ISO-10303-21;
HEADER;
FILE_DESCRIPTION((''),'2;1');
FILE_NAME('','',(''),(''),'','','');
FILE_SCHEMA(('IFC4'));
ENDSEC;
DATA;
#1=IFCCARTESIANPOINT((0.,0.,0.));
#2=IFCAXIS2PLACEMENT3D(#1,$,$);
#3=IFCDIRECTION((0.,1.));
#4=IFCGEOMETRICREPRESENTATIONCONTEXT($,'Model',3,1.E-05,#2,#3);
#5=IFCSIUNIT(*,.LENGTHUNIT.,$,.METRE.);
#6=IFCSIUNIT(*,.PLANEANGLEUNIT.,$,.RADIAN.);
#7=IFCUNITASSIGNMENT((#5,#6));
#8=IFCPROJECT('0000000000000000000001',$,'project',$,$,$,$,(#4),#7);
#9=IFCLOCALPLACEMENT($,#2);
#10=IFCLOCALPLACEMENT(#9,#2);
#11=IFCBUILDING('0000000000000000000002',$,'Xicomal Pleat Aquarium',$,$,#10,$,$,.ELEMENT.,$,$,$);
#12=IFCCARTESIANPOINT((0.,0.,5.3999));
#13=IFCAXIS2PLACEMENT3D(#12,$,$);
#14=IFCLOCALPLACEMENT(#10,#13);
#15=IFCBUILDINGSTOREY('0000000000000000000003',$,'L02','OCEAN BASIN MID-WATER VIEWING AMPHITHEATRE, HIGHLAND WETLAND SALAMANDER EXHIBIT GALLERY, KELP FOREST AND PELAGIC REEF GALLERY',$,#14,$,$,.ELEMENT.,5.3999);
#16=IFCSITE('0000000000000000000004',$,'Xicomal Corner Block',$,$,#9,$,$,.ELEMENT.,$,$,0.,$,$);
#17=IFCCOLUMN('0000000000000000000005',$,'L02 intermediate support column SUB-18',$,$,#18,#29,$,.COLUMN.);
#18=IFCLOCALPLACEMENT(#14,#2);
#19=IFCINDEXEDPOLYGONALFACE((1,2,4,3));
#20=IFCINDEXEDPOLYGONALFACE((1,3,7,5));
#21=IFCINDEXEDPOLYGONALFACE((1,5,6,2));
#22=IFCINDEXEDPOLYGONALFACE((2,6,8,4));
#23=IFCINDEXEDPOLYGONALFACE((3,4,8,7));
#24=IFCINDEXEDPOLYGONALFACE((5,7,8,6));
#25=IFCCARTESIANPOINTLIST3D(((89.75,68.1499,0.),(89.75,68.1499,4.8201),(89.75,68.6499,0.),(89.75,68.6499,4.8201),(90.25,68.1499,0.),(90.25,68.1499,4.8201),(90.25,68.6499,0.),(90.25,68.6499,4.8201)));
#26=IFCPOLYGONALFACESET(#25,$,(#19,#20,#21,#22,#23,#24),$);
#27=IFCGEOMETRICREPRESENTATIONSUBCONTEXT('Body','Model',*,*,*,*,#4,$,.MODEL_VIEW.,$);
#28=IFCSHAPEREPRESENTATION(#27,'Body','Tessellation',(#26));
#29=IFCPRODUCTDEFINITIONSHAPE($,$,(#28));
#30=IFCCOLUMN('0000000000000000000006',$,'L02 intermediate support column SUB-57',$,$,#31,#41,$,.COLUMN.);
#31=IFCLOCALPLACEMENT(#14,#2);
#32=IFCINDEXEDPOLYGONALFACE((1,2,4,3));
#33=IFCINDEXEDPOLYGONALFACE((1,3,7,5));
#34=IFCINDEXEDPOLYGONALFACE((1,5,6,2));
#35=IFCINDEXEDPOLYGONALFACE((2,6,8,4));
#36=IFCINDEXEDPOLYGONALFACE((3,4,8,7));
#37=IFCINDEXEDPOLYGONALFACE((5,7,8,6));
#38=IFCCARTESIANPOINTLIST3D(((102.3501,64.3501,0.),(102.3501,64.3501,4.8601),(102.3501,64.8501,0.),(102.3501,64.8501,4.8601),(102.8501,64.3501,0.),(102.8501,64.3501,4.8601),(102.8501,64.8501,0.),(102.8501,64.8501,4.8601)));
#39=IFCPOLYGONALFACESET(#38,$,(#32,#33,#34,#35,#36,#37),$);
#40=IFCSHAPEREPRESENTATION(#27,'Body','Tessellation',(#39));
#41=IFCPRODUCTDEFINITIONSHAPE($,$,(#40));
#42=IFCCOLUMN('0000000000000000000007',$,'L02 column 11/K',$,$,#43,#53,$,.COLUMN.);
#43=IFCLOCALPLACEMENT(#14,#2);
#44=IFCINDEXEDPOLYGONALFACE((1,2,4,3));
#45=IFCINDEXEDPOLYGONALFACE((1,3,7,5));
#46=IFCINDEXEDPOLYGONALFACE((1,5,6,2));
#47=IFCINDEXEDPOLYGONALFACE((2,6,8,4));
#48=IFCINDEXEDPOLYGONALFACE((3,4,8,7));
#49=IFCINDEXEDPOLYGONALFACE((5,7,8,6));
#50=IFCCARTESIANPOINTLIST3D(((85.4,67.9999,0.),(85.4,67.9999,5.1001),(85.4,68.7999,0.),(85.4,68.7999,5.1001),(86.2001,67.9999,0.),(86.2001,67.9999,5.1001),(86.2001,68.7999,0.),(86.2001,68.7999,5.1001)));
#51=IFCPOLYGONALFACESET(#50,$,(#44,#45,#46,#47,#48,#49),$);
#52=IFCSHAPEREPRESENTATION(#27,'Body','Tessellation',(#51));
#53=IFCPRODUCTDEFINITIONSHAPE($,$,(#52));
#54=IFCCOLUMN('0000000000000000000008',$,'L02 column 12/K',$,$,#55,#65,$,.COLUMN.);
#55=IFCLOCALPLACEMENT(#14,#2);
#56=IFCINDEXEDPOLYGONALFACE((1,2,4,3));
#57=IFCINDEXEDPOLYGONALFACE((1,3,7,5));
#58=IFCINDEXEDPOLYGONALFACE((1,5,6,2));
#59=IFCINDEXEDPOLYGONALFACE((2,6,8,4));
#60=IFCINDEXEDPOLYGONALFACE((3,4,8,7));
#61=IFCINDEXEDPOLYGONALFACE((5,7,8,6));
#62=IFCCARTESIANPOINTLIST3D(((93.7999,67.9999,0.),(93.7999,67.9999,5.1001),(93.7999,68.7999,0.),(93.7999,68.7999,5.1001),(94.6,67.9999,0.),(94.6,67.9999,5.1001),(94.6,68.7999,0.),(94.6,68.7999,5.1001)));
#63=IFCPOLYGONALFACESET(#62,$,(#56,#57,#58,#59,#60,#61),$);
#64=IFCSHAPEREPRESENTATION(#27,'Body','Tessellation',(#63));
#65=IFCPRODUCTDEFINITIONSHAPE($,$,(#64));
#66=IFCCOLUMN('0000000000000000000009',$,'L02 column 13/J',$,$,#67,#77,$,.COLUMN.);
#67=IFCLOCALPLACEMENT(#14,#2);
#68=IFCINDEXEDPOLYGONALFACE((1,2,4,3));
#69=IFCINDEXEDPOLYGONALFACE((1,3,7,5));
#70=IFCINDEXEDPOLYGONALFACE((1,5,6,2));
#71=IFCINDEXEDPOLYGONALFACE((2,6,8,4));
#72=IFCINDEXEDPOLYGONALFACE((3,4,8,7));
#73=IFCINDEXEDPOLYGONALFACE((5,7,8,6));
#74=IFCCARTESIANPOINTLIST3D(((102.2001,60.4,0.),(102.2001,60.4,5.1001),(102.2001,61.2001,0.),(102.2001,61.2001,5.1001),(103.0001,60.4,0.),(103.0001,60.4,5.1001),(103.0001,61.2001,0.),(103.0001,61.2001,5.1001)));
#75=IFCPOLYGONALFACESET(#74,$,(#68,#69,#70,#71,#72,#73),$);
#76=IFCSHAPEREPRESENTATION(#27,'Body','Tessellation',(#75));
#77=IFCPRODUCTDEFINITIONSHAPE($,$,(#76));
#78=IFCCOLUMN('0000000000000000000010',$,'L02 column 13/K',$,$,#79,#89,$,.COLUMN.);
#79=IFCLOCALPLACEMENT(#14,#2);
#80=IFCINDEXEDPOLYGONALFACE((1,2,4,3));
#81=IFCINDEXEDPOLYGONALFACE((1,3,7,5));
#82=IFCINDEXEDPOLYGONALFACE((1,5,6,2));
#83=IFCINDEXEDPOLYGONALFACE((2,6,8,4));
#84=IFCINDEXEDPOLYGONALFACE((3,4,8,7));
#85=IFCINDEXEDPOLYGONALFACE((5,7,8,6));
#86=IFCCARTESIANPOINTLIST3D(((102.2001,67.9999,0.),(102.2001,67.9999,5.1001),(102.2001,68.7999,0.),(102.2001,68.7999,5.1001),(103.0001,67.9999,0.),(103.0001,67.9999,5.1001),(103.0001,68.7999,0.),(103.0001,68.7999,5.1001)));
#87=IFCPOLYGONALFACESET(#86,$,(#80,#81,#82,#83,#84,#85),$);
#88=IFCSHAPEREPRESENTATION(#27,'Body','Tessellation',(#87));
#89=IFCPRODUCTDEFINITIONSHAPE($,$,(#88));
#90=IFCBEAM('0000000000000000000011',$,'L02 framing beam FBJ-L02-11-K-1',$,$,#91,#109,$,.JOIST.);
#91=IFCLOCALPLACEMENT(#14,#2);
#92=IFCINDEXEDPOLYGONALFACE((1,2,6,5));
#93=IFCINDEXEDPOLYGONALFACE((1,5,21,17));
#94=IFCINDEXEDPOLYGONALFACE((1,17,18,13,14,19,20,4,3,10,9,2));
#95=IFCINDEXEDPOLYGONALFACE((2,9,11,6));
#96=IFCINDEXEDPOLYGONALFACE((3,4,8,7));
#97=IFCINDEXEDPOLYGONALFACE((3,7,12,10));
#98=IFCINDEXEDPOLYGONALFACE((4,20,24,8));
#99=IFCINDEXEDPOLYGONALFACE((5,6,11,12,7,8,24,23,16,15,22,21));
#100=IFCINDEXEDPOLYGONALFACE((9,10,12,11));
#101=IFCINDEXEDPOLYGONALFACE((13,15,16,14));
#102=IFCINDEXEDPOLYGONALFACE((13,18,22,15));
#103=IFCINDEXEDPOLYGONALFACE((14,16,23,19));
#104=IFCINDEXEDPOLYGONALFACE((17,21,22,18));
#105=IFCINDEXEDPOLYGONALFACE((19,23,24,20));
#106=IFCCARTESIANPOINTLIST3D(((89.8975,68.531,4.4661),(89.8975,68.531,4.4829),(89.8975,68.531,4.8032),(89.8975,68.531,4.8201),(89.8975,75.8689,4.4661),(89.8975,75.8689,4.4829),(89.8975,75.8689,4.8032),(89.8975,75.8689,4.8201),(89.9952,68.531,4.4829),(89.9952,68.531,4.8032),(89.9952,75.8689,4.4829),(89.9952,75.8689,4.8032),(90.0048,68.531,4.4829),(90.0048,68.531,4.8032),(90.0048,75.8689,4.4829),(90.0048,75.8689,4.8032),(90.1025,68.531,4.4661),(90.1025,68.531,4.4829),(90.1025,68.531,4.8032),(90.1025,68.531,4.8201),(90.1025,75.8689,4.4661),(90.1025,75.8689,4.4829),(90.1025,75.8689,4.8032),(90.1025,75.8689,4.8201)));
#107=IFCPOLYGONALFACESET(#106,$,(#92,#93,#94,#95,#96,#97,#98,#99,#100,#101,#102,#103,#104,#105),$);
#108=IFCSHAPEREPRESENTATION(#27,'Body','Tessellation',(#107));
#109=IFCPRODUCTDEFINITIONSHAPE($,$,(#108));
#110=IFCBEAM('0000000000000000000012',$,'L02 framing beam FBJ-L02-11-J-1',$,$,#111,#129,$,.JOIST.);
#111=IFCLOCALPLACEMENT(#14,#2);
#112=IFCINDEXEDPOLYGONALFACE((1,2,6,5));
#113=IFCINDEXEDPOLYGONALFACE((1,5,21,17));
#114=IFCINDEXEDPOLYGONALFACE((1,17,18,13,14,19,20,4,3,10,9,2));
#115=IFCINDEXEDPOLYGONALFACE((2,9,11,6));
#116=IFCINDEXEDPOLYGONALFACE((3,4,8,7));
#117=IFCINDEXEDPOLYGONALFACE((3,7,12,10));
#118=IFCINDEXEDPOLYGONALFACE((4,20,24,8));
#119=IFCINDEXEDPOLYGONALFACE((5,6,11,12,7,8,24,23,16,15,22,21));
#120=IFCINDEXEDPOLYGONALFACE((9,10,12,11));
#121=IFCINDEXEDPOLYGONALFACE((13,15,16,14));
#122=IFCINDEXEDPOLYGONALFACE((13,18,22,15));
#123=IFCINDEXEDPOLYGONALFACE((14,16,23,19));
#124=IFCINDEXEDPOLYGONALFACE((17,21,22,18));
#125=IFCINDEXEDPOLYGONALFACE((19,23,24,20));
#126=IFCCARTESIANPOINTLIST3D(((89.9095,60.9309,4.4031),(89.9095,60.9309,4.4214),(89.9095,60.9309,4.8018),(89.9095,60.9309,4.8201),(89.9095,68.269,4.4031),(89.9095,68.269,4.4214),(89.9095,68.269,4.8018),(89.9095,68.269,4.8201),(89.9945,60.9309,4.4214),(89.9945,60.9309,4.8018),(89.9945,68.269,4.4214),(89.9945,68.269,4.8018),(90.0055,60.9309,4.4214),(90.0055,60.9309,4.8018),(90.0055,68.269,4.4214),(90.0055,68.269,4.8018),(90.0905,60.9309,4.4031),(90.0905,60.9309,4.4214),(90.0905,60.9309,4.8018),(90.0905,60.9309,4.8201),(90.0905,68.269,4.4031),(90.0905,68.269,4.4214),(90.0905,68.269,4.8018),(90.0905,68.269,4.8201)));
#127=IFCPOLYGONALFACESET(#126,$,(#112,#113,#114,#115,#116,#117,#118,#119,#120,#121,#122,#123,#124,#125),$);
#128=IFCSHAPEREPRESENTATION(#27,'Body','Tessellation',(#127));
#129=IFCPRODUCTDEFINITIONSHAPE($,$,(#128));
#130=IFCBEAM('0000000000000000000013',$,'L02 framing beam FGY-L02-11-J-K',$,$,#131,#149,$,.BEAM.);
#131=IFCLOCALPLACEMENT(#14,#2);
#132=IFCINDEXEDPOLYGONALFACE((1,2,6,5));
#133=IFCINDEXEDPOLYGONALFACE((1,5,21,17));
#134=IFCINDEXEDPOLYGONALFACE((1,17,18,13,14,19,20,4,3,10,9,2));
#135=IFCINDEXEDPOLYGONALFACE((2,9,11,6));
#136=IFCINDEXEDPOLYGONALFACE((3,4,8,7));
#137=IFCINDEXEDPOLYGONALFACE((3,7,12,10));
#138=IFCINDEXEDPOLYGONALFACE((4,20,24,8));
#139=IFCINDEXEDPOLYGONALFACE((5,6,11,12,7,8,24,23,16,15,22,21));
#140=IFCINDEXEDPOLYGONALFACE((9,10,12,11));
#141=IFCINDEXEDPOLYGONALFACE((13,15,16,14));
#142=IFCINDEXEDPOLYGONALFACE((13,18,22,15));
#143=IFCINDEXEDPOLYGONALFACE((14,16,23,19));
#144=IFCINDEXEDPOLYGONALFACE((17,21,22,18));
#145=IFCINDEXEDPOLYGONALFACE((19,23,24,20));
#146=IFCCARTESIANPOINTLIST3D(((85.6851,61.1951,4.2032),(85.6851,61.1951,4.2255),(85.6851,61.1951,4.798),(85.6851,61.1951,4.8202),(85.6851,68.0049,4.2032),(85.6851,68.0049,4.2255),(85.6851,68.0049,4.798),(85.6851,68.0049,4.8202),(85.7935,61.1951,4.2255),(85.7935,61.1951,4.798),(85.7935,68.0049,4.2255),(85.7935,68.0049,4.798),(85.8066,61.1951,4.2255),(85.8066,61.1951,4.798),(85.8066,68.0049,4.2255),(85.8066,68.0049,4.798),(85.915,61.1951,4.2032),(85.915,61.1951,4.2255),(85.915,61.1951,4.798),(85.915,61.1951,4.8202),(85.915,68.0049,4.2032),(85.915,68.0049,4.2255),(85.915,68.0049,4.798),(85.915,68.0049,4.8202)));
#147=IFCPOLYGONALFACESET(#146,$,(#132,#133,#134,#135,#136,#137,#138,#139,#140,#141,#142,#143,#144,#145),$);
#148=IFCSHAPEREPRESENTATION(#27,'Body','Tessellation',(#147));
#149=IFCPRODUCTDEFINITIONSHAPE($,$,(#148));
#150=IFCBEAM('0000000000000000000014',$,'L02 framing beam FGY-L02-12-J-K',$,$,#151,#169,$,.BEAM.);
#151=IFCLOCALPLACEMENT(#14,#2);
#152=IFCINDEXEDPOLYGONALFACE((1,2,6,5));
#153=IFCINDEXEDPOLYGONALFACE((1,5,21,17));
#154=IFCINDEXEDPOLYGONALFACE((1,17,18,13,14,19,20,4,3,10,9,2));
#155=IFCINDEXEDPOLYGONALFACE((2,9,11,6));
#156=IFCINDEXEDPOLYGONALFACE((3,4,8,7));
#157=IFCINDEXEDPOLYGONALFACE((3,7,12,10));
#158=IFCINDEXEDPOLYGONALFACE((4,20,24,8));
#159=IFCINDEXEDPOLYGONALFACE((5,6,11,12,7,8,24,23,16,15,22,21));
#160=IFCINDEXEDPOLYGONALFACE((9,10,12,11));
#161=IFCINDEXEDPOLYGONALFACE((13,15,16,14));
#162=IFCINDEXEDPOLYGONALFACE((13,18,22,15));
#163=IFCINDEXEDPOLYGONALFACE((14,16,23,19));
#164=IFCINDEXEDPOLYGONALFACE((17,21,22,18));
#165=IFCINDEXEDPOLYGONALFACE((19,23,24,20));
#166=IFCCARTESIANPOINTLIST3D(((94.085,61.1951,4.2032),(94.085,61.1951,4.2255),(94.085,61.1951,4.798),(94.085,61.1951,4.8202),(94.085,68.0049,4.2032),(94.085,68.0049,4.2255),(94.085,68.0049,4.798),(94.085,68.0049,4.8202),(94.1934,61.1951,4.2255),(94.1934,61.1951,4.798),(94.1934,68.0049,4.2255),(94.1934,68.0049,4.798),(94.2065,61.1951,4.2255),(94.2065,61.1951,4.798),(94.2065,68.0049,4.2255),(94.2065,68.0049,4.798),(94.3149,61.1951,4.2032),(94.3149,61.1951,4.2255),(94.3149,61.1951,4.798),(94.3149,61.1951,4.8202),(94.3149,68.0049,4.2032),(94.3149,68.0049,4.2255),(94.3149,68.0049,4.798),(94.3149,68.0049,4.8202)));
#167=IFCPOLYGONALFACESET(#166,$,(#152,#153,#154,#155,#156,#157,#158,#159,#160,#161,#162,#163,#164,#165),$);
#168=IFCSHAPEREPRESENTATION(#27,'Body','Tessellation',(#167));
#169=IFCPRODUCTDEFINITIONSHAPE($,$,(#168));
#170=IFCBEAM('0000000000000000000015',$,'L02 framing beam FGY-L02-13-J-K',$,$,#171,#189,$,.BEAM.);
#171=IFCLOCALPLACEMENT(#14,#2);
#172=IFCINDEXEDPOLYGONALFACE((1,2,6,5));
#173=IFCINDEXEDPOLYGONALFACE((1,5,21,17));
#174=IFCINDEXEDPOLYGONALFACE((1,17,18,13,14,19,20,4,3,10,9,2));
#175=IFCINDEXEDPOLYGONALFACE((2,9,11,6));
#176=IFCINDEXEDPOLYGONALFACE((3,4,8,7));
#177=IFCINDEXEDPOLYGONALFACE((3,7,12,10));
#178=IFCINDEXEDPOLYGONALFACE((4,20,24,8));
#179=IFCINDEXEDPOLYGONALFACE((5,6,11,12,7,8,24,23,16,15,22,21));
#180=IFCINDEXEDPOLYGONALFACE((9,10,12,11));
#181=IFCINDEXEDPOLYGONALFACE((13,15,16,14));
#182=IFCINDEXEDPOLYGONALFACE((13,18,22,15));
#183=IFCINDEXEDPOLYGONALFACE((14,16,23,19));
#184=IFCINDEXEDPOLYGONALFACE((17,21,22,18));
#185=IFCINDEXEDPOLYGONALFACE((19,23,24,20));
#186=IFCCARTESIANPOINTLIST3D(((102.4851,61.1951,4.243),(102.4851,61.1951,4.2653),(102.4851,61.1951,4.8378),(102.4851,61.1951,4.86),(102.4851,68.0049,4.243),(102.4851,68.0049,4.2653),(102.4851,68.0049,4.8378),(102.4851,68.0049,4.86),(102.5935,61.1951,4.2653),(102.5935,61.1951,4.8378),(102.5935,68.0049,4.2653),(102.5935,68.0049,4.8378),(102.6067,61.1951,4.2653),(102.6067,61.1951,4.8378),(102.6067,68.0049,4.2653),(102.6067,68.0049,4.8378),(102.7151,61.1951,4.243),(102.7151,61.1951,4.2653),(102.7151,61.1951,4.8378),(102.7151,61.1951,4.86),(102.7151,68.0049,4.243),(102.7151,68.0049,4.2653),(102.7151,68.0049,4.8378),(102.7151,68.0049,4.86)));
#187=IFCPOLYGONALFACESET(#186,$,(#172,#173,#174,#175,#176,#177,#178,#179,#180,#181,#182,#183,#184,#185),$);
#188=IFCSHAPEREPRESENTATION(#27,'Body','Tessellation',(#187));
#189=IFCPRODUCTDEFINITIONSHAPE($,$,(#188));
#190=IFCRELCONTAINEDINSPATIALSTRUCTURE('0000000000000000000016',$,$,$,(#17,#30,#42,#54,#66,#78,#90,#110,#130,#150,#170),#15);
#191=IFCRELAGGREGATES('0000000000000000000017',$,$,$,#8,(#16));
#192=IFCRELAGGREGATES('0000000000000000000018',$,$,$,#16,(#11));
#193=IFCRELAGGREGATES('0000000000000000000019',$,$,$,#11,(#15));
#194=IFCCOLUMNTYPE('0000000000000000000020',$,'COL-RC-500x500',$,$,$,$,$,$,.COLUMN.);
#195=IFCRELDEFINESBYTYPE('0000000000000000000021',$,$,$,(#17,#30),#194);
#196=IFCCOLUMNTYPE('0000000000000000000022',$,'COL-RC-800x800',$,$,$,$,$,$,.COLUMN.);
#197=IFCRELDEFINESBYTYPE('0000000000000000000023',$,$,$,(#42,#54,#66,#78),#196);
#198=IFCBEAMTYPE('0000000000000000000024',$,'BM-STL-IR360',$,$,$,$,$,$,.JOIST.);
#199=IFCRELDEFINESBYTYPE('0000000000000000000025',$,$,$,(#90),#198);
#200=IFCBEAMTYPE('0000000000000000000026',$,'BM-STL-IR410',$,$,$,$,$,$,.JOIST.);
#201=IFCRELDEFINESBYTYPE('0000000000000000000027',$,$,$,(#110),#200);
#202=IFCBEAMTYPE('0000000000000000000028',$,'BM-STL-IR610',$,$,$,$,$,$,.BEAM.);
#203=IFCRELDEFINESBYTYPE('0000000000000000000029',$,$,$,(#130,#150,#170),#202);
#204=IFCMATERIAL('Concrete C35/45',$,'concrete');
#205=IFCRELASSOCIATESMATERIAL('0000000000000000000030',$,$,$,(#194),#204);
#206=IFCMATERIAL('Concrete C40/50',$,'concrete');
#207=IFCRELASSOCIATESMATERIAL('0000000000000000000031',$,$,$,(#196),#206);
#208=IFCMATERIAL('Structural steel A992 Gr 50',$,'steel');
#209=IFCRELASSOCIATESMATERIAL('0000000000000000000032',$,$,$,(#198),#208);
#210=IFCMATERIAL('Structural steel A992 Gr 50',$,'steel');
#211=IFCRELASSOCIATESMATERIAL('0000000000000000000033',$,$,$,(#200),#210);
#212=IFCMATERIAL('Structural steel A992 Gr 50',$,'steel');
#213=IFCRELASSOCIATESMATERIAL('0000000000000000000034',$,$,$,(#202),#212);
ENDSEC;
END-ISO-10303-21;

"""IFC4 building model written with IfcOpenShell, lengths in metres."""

from ifc_helpers import new_model, si_unit, direction, frame, origin, origin_2d, place, context, subcontext, project, spatial, rectangle, i_section, extrude, material, material_profile, profile_set, type_object, element, save


model = new_model("IFC4")

# Units and contexts
model_context = context("Model", 3, precision=1e-05, world=origin(), true_north=direction((0.0, 1.0)))
body_context = subcontext(model_context, "Body", "Model", "MODEL_VIEW")
ifc_project = project(units=[si_unit("LENGTHUNIT", "METRE"), si_unit("PLANEANGLEUNIT", "RADIAN")], contexts=[model_context])

# Site, building, storey
site_placement = place(None, origin())
site = spatial("IfcSite", under=ifc_project, at=site_placement, Name="Xicomal Corner Block", CompositionType="ELEMENT", RefElevation=0.0)
building_placement = place(site_placement, origin())
building = spatial("IfcBuilding", under=site, at=building_placement, Name="Xicomal Pleat Aquarium", CompositionType="ELEMENT")
storey_placement = place(building_placement, frame((0.0, 0.0, 5.3999)))
storey = spatial("IfcBuildingStorey", under=building, at=storey_placement, Name="L02", Description="OCEAN BASIN MID-WATER VIEWING AMPHITHEATRE, HIGHLAND WETLAND SALAMANDER EXHIBIT GALLERY, KELP FOREST AND PELAGIC REEF GALLERY", CompositionType="ELEMENT", Elevation=5.3999)

# Columns
ifc_material_1 = material(Name="Concrete C35/45", Category="concrete")
ifc_material_profile_1 = material_profile(ifc_material_1, rectangle(XDim=0.5, YDim=0.5, at=origin_2d()), Name="RC 500x500")
ifc_profile_set_1 = profile_set([ifc_material_profile_1], Name="Concrete C35/45")
column_type_1 = type_object("IfcColumnType", Name="COL-RC-500x500", PredefinedType="COLUMN", material=ifc_profile_set_1)
column_1_placement = place(storey_placement, frame((90.0, 68.3999, 0.0), z_axis=(0.0, 0.0, 1.0), x_axis=(1.0, 0.0, 0.0)))
element("IfcColumn", 1, at=column_1_placement, inside=storey, type_object=column_type_1, Name="L02 intermediate support column SUB-18", PredefinedType="COLUMN", context=body_context, shape_type="SweptSolid", body=[
    extrude(rectangle(XDim=0.5, YDim=0.5, at=origin_2d()), origin(), (0.0, 0.0, 1.0), 4.8201),
])
column_2_placement = place(storey_placement, frame((102.6001, 64.6001, 0.0), z_axis=(0.0, 0.0, 1.0), x_axis=(1.0, 0.0, 0.0)))
element("IfcColumn", 2, at=column_2_placement, inside=storey, type_object=column_type_1, Name="L02 intermediate support column SUB-57", PredefinedType="COLUMN", context=body_context, shape_type="SweptSolid", body=[
    extrude(rectangle(XDim=0.5, YDim=0.5, at=origin_2d()), origin(), (0.0, 0.0, 1.0), 4.8601),
])
ifc_material_2 = material(Name="Concrete C40/50", Category="concrete")
ifc_material_profile_2 = material_profile(ifc_material_2, rectangle(XDim=0.8, YDim=0.8, at=origin_2d()), Name="RC 800x800")
ifc_profile_set_2 = profile_set([ifc_material_profile_2], Name="Concrete C40/50")
column_type_2 = type_object("IfcColumnType", Name="COL-RC-800x800", PredefinedType="COLUMN", material=ifc_profile_set_2)
for number, where, z_axis, x_axis, name in (
    (3, (85.8, 68.3999, 0.0), (0.0, 0.0, 1.0), (1.0, 0.0, 0.0), "L02 column 11/K"),
    (4, (94.2, 68.3999, 0.0), (0.0, 0.0, 1.0), (1.0, 0.0, 0.0), "L02 column 12/K"),
    (5, (102.6001, 60.8, 0.0), (0.0, 0.0, 1.0), (1.0, 0.0, 0.0), "L02 column 13/J"),
    (6, (102.6001, 68.3999, 0.0), (0.0, 0.0, 1.0), (1.0, 0.0, 0.0), "L02 column 13/K"),
):
    element("IfcColumn", number, at=place(storey_placement, frame(where, z_axis=z_axis, x_axis=x_axis)), inside=storey, type_object=column_type_2, Name=name, PredefinedType="COLUMN", context=body_context, shape_type="SweptSolid", body=[
        extrude(rectangle(XDim=0.8, YDim=0.8, at=origin_2d()), origin(), (0.0, 0.0, 1.0), 5.1001),
    ])

# Beams
ifc_material_3 = material(Name="Structural steel A992 Gr 50", Category="steel")
ifc_material_profile_3 = material_profile(ifc_material_3, i_section(OverallWidth=0.2051, OverallDepth=0.354, WebThickness=0.0095, FlangeThickness=0.0168, at=origin_2d()), Name="IR 360x79")
ifc_profile_set_3 = profile_set([ifc_material_profile_3], Name="Structural steel A992 Gr 50")
beam_type_1 = type_object("IfcBeamType", Name="BM-STL-IR360", PredefinedType="JOIST", material=ifc_profile_set_3)
beam_1_placement = place(storey_placement, frame((90.0, 68.531, 4.6431), z_axis=(0.0, 1.0, 0.0), x_axis=(-1.0, 0.0, 0.0)))
element("IfcBeam", 7, at=beam_1_placement, inside=storey, type_object=beam_type_1, Name="L02 framing beam FBJ-L02-11-K-1", PredefinedType="JOIST", context=body_context, shape_type="SweptSolid", body=[
    extrude(i_section(OverallWidth=0.2051, OverallDepth=0.354, WebThickness=0.0095, FlangeThickness=0.0168, at=origin_2d()), origin(), (0.0, 0.0, 1.0), 7.3379),
])
ifc_material_4 = material(Name="Structural steel A992 Gr 50", Category="steel")
ifc_material_profile_4 = material_profile(ifc_material_4, i_section(OverallWidth=0.1809, OverallDepth=0.417, WebThickness=0.011, FlangeThickness=0.0183, at=origin_2d()), Name="IR 410x85")
ifc_profile_set_4 = profile_set([ifc_material_profile_4], Name="Structural steel A992 Gr 50")
beam_type_2 = type_object("IfcBeamType", Name="BM-STL-IR410", PredefinedType="JOIST", material=ifc_profile_set_4)
beam_2_placement = place(storey_placement, frame((90.0, 60.9309, 4.6116), z_axis=(0.0, 1.0, 0.0), x_axis=(-1.0, 0.0, 0.0)))
element("IfcBeam", 8, at=beam_2_placement, inside=storey, type_object=beam_type_2, Name="L02 framing beam FBJ-L02-11-J-1", PredefinedType="JOIST", context=body_context, shape_type="SweptSolid", body=[
    extrude(i_section(OverallWidth=0.1809, OverallDepth=0.417, WebThickness=0.011, FlangeThickness=0.0183, at=origin_2d()), origin(), (0.0, 0.0, 1.0), 7.3381),
])
ifc_material_5 = material(Name="Structural steel A992 Gr 50", Category="steel")
ifc_material_profile_5 = material_profile(ifc_material_5, i_section(OverallWidth=0.23, OverallDepth=0.6169, WebThickness=0.0132, FlangeThickness=0.0222, at=origin_2d()), Name="IR 610x140")
ifc_profile_set_5 = profile_set([ifc_material_profile_5], Name="Structural steel A992 Gr 50")
beam_type_3 = type_object("IfcBeamType", Name="BM-STL-IR610", PredefinedType="BEAM", material=ifc_profile_set_5)
for number, where, z_axis, x_axis, name in (
    (9, (85.8, 61.1951, 4.5117), (0.0, 1.0, 0.0), (-1.0, 0.0, 0.0), "L02 framing beam FGY-L02-11-J-K"),
    (10, (94.2, 61.1951, 4.5117), (0.0, 1.0, 0.0), (-1.0, 0.0, 0.0), "L02 framing beam FGY-L02-12-J-K"),
    (11, (102.6001, 61.1951, 4.5515), (0.0, 1.0, 0.0), (-1.0, 0.0, 0.0), "L02 framing beam FGY-L02-13-J-K"),
):
    element("IfcBeam", number, at=place(storey_placement, frame(where, z_axis=z_axis, x_axis=x_axis)), inside=storey, type_object=beam_type_3, Name=name, PredefinedType="BEAM", context=body_context, shape_type="SweptSolid", body=[
        extrude(i_section(OverallWidth=0.23, OverallDepth=0.6169, WebThickness=0.0132, FlangeThickness=0.0222, at=origin_2d()), origin(), (0.0, 0.0, 1.0), 6.8098),
    ])

save(model, "model.ifc")
